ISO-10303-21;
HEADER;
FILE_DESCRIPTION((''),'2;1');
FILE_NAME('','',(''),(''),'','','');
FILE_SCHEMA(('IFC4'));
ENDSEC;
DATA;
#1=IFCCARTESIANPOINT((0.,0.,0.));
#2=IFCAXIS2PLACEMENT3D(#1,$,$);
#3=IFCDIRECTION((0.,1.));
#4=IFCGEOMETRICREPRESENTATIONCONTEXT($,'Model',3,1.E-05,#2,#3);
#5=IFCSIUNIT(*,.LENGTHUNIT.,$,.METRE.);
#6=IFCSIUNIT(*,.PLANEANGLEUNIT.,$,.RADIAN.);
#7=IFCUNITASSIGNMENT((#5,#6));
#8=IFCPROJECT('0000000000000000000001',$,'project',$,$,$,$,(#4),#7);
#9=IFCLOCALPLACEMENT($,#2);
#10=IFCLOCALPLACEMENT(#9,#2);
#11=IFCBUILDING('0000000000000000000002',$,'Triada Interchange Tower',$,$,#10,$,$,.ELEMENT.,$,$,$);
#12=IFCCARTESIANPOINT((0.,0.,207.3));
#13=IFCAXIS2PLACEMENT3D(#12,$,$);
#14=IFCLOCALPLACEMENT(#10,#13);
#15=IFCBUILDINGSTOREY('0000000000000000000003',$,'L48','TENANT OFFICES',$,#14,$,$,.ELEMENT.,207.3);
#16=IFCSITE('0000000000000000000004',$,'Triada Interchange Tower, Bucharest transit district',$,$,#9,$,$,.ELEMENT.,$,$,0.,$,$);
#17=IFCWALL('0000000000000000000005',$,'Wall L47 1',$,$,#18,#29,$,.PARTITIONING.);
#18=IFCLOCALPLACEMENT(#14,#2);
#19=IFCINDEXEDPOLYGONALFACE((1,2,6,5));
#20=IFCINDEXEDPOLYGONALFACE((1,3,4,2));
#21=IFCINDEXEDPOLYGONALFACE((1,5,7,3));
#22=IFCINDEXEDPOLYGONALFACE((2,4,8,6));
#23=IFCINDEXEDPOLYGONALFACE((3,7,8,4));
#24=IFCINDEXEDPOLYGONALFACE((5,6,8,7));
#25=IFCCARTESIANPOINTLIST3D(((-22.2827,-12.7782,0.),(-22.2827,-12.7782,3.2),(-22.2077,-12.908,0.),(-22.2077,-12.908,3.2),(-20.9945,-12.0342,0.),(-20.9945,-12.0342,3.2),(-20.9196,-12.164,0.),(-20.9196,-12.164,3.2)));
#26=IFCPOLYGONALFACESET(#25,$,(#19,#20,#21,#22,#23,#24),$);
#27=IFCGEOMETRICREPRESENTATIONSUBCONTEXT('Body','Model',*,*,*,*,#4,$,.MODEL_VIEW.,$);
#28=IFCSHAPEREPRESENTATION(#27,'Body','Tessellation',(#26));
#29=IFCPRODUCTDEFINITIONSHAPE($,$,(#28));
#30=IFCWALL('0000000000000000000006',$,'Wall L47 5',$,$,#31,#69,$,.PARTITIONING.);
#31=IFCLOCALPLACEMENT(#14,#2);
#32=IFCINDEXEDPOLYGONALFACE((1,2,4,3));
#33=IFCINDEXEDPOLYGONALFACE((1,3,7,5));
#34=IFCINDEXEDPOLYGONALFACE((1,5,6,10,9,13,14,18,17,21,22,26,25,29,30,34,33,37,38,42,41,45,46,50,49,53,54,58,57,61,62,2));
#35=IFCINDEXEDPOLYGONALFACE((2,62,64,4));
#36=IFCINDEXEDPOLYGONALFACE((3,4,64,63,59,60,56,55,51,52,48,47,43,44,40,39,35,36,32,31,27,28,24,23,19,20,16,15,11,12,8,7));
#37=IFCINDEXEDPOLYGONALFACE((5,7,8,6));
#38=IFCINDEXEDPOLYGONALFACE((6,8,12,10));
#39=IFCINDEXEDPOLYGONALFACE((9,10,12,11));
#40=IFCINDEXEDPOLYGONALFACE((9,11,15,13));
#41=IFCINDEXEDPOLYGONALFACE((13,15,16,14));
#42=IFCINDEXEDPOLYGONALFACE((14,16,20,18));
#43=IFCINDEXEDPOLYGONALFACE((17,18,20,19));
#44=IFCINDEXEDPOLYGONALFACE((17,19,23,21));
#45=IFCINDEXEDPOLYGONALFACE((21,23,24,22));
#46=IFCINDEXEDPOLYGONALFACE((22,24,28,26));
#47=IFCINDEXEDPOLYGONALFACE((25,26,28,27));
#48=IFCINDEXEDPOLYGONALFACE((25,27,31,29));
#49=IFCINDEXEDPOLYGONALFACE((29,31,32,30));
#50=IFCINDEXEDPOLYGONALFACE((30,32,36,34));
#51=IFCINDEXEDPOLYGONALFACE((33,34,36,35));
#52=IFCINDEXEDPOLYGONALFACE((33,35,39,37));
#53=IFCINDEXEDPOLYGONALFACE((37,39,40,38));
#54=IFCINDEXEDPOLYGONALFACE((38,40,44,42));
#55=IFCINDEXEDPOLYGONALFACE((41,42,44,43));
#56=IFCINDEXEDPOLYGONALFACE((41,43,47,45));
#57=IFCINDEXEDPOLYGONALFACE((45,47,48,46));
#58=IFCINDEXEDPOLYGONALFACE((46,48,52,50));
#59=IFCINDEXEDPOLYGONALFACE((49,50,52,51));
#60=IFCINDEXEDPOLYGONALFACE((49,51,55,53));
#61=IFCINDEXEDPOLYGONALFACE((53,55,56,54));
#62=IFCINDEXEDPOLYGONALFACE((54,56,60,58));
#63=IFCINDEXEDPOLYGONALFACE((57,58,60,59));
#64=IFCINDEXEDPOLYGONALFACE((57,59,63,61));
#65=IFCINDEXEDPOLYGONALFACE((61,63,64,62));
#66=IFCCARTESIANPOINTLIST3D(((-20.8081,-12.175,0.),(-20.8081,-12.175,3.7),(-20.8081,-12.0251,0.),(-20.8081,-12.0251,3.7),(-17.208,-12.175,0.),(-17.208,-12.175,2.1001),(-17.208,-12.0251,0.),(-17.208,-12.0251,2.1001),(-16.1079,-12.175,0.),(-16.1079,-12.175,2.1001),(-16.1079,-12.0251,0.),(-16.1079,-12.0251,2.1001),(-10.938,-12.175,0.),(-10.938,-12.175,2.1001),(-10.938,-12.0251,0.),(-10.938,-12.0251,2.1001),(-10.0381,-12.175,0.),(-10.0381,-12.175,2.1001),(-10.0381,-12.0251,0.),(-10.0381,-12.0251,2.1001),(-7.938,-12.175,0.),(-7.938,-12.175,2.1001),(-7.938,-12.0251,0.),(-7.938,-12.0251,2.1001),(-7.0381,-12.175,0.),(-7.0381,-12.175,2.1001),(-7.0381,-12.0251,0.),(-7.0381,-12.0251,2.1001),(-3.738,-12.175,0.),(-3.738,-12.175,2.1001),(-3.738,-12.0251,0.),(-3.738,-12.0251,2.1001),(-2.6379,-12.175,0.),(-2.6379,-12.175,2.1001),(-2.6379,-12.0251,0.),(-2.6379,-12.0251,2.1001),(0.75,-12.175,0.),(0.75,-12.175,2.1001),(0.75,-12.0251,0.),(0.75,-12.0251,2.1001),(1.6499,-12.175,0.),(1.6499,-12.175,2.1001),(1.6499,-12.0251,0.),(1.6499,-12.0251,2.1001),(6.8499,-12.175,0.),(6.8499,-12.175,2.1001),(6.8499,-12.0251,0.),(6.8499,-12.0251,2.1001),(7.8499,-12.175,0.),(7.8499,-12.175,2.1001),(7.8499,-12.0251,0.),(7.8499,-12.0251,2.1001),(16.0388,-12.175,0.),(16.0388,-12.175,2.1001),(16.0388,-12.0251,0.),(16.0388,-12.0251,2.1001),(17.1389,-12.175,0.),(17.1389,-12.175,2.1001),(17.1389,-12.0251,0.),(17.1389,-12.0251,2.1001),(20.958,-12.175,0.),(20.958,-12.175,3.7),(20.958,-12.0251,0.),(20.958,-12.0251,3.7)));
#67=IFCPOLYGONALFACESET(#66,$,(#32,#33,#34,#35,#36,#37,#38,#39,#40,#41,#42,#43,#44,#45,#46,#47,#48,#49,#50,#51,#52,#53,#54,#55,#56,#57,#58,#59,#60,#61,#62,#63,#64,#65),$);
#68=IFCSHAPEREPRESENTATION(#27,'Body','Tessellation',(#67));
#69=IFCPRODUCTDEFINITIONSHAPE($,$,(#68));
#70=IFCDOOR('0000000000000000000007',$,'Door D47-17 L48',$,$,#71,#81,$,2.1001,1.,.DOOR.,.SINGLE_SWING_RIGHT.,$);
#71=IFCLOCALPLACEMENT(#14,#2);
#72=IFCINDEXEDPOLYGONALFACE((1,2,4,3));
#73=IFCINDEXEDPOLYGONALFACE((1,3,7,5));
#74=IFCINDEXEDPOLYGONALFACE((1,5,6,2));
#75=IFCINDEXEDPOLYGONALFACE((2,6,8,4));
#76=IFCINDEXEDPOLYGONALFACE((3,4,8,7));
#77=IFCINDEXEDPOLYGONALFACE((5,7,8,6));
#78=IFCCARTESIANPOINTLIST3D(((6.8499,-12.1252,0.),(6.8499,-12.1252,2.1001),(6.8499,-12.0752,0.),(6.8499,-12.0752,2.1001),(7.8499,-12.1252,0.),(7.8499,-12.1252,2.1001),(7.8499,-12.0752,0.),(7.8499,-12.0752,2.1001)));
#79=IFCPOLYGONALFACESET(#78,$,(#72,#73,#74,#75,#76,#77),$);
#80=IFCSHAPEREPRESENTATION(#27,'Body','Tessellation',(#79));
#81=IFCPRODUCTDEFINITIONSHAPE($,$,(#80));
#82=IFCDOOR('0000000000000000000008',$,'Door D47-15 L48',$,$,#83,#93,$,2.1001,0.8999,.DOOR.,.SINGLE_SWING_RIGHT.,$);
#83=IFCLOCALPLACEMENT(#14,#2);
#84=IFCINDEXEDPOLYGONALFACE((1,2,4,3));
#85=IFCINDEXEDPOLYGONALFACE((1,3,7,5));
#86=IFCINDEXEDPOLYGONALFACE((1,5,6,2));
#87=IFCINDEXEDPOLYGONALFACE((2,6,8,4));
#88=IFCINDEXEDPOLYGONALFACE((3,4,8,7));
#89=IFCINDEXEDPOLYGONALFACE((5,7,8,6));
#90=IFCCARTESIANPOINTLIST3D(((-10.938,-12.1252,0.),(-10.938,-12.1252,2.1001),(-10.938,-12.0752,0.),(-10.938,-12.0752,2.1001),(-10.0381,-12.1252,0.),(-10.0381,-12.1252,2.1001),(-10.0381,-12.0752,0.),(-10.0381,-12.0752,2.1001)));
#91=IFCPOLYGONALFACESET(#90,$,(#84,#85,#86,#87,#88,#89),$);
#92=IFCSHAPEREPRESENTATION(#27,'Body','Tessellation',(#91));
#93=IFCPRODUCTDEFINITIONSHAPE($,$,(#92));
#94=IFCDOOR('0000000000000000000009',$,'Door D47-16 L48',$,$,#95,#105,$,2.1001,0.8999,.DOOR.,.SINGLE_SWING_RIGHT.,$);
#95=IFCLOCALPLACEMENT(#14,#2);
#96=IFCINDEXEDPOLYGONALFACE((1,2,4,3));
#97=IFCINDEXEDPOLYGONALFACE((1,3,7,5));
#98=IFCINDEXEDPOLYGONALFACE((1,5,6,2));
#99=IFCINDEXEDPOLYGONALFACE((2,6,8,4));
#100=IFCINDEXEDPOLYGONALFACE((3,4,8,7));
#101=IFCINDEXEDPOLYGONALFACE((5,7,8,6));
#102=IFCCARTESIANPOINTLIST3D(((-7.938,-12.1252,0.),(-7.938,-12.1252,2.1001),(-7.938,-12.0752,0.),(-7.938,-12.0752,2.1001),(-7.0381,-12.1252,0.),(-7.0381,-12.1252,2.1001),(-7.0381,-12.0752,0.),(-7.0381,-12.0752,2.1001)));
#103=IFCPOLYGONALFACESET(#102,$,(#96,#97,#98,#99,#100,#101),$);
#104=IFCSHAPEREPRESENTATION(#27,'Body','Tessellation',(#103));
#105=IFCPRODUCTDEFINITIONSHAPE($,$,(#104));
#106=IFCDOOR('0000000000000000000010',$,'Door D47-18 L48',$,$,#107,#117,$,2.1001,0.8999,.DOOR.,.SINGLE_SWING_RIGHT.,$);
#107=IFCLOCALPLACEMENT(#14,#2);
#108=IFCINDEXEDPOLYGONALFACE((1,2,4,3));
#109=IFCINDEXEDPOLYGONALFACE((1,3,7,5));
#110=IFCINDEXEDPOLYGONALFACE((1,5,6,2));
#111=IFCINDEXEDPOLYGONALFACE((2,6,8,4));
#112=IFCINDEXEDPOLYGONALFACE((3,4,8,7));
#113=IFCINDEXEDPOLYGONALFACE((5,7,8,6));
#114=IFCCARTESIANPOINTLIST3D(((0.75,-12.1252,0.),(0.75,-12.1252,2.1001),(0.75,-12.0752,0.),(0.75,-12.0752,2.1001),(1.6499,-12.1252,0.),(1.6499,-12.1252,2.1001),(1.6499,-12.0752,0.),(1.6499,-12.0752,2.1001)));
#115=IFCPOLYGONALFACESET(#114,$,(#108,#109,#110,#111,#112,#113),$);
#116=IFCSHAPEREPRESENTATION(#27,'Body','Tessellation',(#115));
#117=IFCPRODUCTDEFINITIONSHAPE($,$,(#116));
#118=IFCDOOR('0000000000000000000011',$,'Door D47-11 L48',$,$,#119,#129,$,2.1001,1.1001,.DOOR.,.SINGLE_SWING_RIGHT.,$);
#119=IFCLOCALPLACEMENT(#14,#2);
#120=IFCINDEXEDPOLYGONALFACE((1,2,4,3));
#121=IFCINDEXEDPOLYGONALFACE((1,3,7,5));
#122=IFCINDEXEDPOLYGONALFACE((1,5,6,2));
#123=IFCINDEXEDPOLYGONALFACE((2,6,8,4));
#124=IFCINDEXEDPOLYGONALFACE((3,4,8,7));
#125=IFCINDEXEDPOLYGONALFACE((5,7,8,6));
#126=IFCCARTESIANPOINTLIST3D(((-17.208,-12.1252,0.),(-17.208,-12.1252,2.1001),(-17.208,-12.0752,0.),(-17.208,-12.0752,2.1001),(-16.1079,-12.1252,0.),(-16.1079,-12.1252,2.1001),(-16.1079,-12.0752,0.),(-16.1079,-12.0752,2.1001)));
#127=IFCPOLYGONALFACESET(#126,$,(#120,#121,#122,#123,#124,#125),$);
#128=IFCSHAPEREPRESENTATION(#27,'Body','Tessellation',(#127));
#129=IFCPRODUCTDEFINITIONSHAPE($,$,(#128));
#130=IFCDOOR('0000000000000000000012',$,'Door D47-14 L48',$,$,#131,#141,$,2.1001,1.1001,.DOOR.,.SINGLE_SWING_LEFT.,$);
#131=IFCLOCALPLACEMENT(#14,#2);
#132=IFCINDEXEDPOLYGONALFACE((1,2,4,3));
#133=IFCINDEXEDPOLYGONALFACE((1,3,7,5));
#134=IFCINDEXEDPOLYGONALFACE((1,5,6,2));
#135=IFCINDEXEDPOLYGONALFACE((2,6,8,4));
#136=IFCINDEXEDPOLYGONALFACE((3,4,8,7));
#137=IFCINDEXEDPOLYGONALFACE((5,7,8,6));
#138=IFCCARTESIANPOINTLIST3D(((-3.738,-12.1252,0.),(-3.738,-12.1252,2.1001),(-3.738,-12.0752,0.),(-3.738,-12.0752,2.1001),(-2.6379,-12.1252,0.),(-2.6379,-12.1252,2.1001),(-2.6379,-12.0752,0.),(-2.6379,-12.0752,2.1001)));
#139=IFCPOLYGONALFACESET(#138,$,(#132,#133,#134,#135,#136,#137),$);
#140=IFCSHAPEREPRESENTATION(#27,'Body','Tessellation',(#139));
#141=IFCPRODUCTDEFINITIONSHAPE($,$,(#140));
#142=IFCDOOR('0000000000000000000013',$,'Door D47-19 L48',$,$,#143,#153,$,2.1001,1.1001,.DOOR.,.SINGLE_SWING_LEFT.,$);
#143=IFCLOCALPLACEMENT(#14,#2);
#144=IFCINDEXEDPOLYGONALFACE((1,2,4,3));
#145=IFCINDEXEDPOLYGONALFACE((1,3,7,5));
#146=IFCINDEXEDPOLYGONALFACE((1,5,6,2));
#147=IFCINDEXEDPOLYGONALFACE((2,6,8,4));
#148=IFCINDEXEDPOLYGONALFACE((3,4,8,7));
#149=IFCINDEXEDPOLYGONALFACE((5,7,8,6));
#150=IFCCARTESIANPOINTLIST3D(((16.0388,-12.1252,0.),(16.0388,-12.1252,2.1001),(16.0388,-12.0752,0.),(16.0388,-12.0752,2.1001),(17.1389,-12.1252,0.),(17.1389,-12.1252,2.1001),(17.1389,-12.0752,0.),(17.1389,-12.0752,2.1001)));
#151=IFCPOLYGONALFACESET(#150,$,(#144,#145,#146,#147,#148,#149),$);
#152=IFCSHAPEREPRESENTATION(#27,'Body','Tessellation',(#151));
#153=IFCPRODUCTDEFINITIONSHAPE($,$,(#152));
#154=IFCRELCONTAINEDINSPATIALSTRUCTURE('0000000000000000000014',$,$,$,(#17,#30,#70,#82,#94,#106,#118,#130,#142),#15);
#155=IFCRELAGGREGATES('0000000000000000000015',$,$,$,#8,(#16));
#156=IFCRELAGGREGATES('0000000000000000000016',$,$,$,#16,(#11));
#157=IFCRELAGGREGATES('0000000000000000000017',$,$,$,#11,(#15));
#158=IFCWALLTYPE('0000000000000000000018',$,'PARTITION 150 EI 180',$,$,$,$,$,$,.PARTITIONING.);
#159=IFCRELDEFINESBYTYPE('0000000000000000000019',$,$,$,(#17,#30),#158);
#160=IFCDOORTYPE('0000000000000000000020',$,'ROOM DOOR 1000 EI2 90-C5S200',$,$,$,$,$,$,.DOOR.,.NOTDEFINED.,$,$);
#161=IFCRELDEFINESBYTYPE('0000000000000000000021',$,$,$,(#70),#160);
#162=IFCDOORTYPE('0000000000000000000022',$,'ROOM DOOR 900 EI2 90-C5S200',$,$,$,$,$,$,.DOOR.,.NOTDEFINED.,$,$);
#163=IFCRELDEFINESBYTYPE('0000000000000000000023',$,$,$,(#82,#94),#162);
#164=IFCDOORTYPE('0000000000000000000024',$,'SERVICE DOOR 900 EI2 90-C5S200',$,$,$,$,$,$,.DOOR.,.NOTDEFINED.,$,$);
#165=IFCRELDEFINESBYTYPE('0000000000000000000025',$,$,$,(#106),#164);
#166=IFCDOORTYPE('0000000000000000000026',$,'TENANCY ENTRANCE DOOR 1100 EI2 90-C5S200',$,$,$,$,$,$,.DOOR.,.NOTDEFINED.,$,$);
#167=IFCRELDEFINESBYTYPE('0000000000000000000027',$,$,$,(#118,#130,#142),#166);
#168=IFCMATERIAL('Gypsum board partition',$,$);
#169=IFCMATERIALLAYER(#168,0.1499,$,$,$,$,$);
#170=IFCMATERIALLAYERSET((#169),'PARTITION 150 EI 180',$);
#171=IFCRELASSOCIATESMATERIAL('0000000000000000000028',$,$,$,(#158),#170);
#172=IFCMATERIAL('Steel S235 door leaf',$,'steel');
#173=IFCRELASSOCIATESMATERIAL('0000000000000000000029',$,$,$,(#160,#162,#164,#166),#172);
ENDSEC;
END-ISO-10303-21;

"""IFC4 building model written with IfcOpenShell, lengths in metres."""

from ifc_helpers import new_model, si_unit, direction, frame, frame_2d, origin, place, context, subcontext, project, spatial, rectangle, extrude, material, layer, layer_set, type_object, element, fill, save


model = new_model("IFC4")

# Units and contexts
model_context = context("Model", 3, precision=1e-05, world=origin(), true_north=direction((0.0, 1.0)))
body_context = subcontext(model_context, "Body", "Model", "MODEL_VIEW")
ifc_project = project(units=[si_unit("LENGTHUNIT", "METRE"), si_unit("PLANEANGLEUNIT", "RADIAN")], contexts=[model_context])

# Site, building, storey
site_placement = place(None, origin())
site = spatial("IfcSite", under=ifc_project, at=site_placement, Name="Triada Interchange Tower, Bucharest transit district", CompositionType="ELEMENT", RefElevation=0.0)
building_placement = place(site_placement, origin())
building = spatial("IfcBuilding", under=site, at=building_placement, Name="Triada Interchange Tower", CompositionType="ELEMENT")
storey_placement = place(building_placement, frame((0.0, 0.0, 207.3)))
storey = spatial("IfcBuildingStorey", under=building, at=storey_placement, Name="L48", Description="TENANT OFFICES", CompositionType="ELEMENT", Elevation=207.3)

# Wall
ifc_material_1 = material(Name="Gypsum board partition")
ifc_layer_1 = layer(ifc_material_1, 0.1499)
ifc_layer_set_1 = layer_set([ifc_layer_1], Name="PARTITION 150 EI 180")
wall_type_1 = type_object("IfcWallType", Name="PARTITION 150 EI 180", PredefinedType="PARTITIONING", material=ifc_layer_set_1)
wall_1_placement = place(storey_placement, frame((-22.2451, -12.843, 0.0), z_axis=(0.0, 0.0, 1.0), x_axis=(0.865961, 0.500111, 0.0)))
element("IfcWall", 1, at=wall_1_placement, inside=storey, type_object=wall_type_1, Name="Wall L47 1", PredefinedType="PARTITIONING", context=body_context, shape_type="SweptSolid", body=[
    extrude(rectangle(XDim=1.4875, YDim=0.1499, at=frame_2d((0.7437, 0.0))), origin(), (0.0, 0.0, 1.0), 3.2),
])

# Wall, openings, doors
wall_2_placement = place(storey_placement, frame((-20.8081, -12.1001, 0.0), z_axis=(0.0, 0.0, 1.0), x_axis=(1.0, 0.0, 0.0)))
wall_2 = element("IfcWall", 2, at=wall_2_placement, inside=storey, type_object=wall_type_1, Name="Wall L47 5", PredefinedType="PARTITIONING", context=body_context, shape_type="SweptSolid", body=[
    extrude(rectangle(XDim=41.7661, YDim=0.1499, at=frame_2d((20.8831, 0.0))), origin(), (0.0, 0.0, 1.0), 3.7),
])
opening_1_placement = place(wall_2_placement, frame((3.6001, 0.0, 0.0)))
opening_1 = element("IfcOpeningElement", 3, at=opening_1_placement, cuts=wall_2, PredefinedType="OPENING", context=body_context, shape_type="SweptSolid", body=[
    extrude(rectangle(XDim=1.1001, YDim=2.1001, at=frame_2d((0.55, 1.05))), frame((0.0, 0.085, 0.0), z_axis=(0.0, -1.0, 0.0), x_axis=(1.0, 0.0, 0.0)), (0.0, 0.0, 1.0), 0.1699),
])
opening_2_placement = place(wall_2_placement, frame((17.0701, 0.0, 0.0)))
opening_2 = element("IfcOpeningElement", 4, at=opening_2_placement, cuts=wall_2, PredefinedType="OPENING", context=body_context, shape_type="SweptSolid", body=[
    extrude(rectangle(XDim=1.1001, YDim=2.1001, at=frame_2d((0.55, 1.05))), frame((0.0, 0.085, 0.0), z_axis=(0.0, -1.0, 0.0), x_axis=(1.0, 0.0, 0.0)), (0.0, 0.0, 1.0), 0.1699),
])
opening_3_placement = place(wall_2_placement, frame((9.8701, 0.0, 0.0)))
opening_3 = element("IfcOpeningElement", 5, at=opening_3_placement, cuts=wall_2, PredefinedType="OPENING", context=body_context, shape_type="SweptSolid", body=[
    extrude(rectangle(XDim=0.8999, YDim=2.1001, at=frame_2d((0.45, 1.05))), frame((0.0, 0.085, 0.0), z_axis=(0.0, -1.0, 0.0), x_axis=(1.0, 0.0, 0.0)), (0.0, 0.0, 1.0), 0.1699),
])
opening_4_placement = place(wall_2_placement, frame((12.8701, 0.0, 0.0)))
opening_4 = element("IfcOpeningElement", 6, at=opening_4_placement, cuts=wall_2, PredefinedType="OPENING", context=body_context, shape_type="SweptSolid", body=[
    extrude(rectangle(XDim=0.8999, YDim=2.1001, at=frame_2d((0.45, 1.05))), frame((0.0, 0.085, 0.0), z_axis=(0.0, -1.0, 0.0), x_axis=(1.0, 0.0, 0.0)), (0.0, 0.0, 1.0), 0.1699),
])
opening_5_placement = place(wall_2_placement, frame((27.658, 0.0, 0.0)))
opening_5 = element("IfcOpeningElement", 7, at=opening_5_placement, cuts=wall_2, PredefinedType="OPENING", context=body_context, shape_type="SweptSolid", body=[
    extrude(rectangle(XDim=1.0, YDim=2.1001, at=frame_2d((0.5, 1.05))), frame((0.0, 0.085, 0.0), z_axis=(0.0, -1.0, 0.0), x_axis=(1.0, 0.0, 0.0)), (0.0, 0.0, 1.0), 0.1699),
])
opening_6_placement = place(wall_2_placement, frame((21.5581, 0.0, 0.0)))
opening_6 = element("IfcOpeningElement", 8, at=opening_6_placement, cuts=wall_2, PredefinedType="OPENING", context=body_context, shape_type="SweptSolid", body=[
    extrude(rectangle(XDim=0.8999, YDim=2.1001, at=frame_2d((0.45, 1.05))), frame((0.0, 0.085, 0.0), z_axis=(0.0, -1.0, 0.0), x_axis=(1.0, 0.0, 0.0)), (0.0, 0.0, 1.0), 0.1699),
])
opening_7_placement = place(wall_2_placement, frame((36.8469, 0.0, 0.0)))
opening_7 = element("IfcOpeningElement", 9, at=opening_7_placement, cuts=wall_2, PredefinedType="OPENING", context=body_context, shape_type="SweptSolid", body=[
    extrude(rectangle(XDim=1.1001, YDim=2.1001, at=frame_2d((0.55, 1.05))), frame((0.0, 0.085, 0.0), z_axis=(0.0, -1.0, 0.0), x_axis=(1.0, 0.0, 0.0)), (0.0, 0.0, 1.0), 0.1699),
])
ifc_material_2 = material(Name="Steel S235 door leaf", Category="steel")
door_type_1 = type_object("IfcDoorType", Name="ROOM DOOR 1000 EI2 90-C5S200", OperationType="NOTDEFINED", PredefinedType="DOOR", material=ifc_material_2)
door_1_placement = place(opening_5_placement, origin())
door_1 = element("IfcDoor", 10, at=door_1_placement, inside=storey, type_object=door_type_1, Name="Door D47-17 L48", OperationType="SINGLE_SWING_RIGHT", OverallHeight=2.1001, OverallWidth=1.0, PredefinedType="DOOR", context=body_context, shape_type="SweptSolid", body=[
    extrude(rectangle(XDim=1.0, YDim=2.1001, at=frame_2d((0.5, 1.05))), frame((0.0, 0.0249, 0.0), z_axis=(0.0, -1.0, 0.0), x_axis=(1.0, 0.0, 0.0)), (0.0, 0.0, 1.0), 0.05),
])
fill(opening_5, door_1)
door_type_2 = type_object("IfcDoorType", Name="ROOM DOOR 900 EI2 90-C5S200", OperationType="NOTDEFINED", PredefinedType="DOOR", material=ifc_material_2)
door_2_placement = place(opening_3_placement, origin())
door_2 = element("IfcDoor", 11, at=door_2_placement, inside=storey, type_object=door_type_2, Name="Door D47-15 L48", OperationType="SINGLE_SWING_RIGHT", OverallHeight=2.1001, OverallWidth=0.8999, PredefinedType="DOOR", context=body_context, shape_type="SweptSolid", body=[
    extrude(rectangle(XDim=0.8999, YDim=2.1001, at=frame_2d((0.45, 1.05))), frame((0.0, 0.0249, 0.0), z_axis=(0.0, -1.0, 0.0), x_axis=(1.0, 0.0, 0.0)), (0.0, 0.0, 1.0), 0.05),
])
fill(opening_3, door_2)
door_3_placement = place(opening_4_placement, origin())
door_3 = element("IfcDoor", 12, at=door_3_placement, inside=storey, type_object=door_type_2, Name="Door D47-16 L48", OperationType="SINGLE_SWING_RIGHT", OverallHeight=2.1001, OverallWidth=0.8999, PredefinedType="DOOR", context=body_context, shape_type="SweptSolid", body=[
    extrude(rectangle(XDim=0.8999, YDim=2.1001, at=frame_2d((0.45, 1.05))), frame((0.0, 0.0249, 0.0), z_axis=(0.0, -1.0, 0.0), x_axis=(1.0, 0.0, 0.0)), (0.0, 0.0, 1.0), 0.05),
])
fill(opening_4, door_3)
door_type_3 = type_object("IfcDoorType", Name="SERVICE DOOR 900 EI2 90-C5S200", OperationType="NOTDEFINED", PredefinedType="DOOR", material=ifc_material_2)
door_4_placement = place(opening_6_placement, origin())
door_4 = element("IfcDoor", 13, at=door_4_placement, inside=storey, type_object=door_type_3, Name="Door D47-18 L48", OperationType="SINGLE_SWING_RIGHT", OverallHeight=2.1001, OverallWidth=0.8999, PredefinedType="DOOR", context=body_context, shape_type="SweptSolid", body=[
    extrude(rectangle(XDim=0.8999, YDim=2.1001, at=frame_2d((0.45, 1.05))), frame((0.0, 0.0249, 0.0), z_axis=(0.0, -1.0, 0.0), x_axis=(1.0, 0.0, 0.0)), (0.0, 0.0, 1.0), 0.05),
])
fill(opening_6, door_4)
door_type_4 = type_object("IfcDoorType", Name="TENANCY ENTRANCE DOOR 1100 EI2 90-C5S200", OperationType="NOTDEFINED", PredefinedType="DOOR", material=ifc_material_2)
door_5_placement = place(opening_1_placement, origin())
door_5 = element("IfcDoor", 14, at=door_5_placement, inside=storey, type_object=door_type_4, Name="Door D47-11 L48", OperationType="SINGLE_SWING_RIGHT", OverallHeight=2.1001, OverallWidth=1.1001, PredefinedType="DOOR", context=body_context, shape_type="SweptSolid", body=[
    extrude(rectangle(XDim=1.1001, YDim=2.1001, at=frame_2d((0.55, 1.05))), frame((0.0, 0.0249, 0.0), z_axis=(0.0, -1.0, 0.0), x_axis=(1.0, 0.0, 0.0)), (0.0, 0.0, 1.0), 0.05),
])
fill(opening_1, door_5)
door_6_placement = place(opening_2_placement, origin())
door_6 = element("IfcDoor", 15, at=door_6_placement, inside=storey, type_object=door_type_4, Name="Door D47-14 L48", OperationType="SINGLE_SWING_LEFT", OverallHeight=2.1001, OverallWidth=1.1001, PredefinedType="DOOR", context=body_context, shape_type="SweptSolid", body=[
    extrude(rectangle(XDim=1.1001, YDim=2.1001, at=frame_2d((0.55, 1.05))), frame((0.0, 0.0249, 0.0), z_axis=(0.0, -1.0, 0.0), x_axis=(1.0, 0.0, 0.0)), (0.0, 0.0, 1.0), 0.05),
])
fill(opening_2, door_6)
door_7_placement = place(opening_7_placement, origin())
door_7 = element("IfcDoor", 16, at=door_7_placement, inside=storey, type_object=door_type_4, Name="Door D47-19 L48", OperationType="SINGLE_SWING_LEFT", OverallHeight=2.1001, OverallWidth=1.1001, PredefinedType="DOOR", context=body_context, shape_type="SweptSolid", body=[
    extrude(rectangle(XDim=1.1001, YDim=2.1001, at=frame_2d((0.55, 1.05))), frame((0.0, 0.0249, 0.0), z_axis=(0.0, -1.0, 0.0), x_axis=(1.0, 0.0, 0.0)), (0.0, 0.0, 1.0), 0.05),
])
fill(opening_7, door_7)

save(model, "model.ifc")
